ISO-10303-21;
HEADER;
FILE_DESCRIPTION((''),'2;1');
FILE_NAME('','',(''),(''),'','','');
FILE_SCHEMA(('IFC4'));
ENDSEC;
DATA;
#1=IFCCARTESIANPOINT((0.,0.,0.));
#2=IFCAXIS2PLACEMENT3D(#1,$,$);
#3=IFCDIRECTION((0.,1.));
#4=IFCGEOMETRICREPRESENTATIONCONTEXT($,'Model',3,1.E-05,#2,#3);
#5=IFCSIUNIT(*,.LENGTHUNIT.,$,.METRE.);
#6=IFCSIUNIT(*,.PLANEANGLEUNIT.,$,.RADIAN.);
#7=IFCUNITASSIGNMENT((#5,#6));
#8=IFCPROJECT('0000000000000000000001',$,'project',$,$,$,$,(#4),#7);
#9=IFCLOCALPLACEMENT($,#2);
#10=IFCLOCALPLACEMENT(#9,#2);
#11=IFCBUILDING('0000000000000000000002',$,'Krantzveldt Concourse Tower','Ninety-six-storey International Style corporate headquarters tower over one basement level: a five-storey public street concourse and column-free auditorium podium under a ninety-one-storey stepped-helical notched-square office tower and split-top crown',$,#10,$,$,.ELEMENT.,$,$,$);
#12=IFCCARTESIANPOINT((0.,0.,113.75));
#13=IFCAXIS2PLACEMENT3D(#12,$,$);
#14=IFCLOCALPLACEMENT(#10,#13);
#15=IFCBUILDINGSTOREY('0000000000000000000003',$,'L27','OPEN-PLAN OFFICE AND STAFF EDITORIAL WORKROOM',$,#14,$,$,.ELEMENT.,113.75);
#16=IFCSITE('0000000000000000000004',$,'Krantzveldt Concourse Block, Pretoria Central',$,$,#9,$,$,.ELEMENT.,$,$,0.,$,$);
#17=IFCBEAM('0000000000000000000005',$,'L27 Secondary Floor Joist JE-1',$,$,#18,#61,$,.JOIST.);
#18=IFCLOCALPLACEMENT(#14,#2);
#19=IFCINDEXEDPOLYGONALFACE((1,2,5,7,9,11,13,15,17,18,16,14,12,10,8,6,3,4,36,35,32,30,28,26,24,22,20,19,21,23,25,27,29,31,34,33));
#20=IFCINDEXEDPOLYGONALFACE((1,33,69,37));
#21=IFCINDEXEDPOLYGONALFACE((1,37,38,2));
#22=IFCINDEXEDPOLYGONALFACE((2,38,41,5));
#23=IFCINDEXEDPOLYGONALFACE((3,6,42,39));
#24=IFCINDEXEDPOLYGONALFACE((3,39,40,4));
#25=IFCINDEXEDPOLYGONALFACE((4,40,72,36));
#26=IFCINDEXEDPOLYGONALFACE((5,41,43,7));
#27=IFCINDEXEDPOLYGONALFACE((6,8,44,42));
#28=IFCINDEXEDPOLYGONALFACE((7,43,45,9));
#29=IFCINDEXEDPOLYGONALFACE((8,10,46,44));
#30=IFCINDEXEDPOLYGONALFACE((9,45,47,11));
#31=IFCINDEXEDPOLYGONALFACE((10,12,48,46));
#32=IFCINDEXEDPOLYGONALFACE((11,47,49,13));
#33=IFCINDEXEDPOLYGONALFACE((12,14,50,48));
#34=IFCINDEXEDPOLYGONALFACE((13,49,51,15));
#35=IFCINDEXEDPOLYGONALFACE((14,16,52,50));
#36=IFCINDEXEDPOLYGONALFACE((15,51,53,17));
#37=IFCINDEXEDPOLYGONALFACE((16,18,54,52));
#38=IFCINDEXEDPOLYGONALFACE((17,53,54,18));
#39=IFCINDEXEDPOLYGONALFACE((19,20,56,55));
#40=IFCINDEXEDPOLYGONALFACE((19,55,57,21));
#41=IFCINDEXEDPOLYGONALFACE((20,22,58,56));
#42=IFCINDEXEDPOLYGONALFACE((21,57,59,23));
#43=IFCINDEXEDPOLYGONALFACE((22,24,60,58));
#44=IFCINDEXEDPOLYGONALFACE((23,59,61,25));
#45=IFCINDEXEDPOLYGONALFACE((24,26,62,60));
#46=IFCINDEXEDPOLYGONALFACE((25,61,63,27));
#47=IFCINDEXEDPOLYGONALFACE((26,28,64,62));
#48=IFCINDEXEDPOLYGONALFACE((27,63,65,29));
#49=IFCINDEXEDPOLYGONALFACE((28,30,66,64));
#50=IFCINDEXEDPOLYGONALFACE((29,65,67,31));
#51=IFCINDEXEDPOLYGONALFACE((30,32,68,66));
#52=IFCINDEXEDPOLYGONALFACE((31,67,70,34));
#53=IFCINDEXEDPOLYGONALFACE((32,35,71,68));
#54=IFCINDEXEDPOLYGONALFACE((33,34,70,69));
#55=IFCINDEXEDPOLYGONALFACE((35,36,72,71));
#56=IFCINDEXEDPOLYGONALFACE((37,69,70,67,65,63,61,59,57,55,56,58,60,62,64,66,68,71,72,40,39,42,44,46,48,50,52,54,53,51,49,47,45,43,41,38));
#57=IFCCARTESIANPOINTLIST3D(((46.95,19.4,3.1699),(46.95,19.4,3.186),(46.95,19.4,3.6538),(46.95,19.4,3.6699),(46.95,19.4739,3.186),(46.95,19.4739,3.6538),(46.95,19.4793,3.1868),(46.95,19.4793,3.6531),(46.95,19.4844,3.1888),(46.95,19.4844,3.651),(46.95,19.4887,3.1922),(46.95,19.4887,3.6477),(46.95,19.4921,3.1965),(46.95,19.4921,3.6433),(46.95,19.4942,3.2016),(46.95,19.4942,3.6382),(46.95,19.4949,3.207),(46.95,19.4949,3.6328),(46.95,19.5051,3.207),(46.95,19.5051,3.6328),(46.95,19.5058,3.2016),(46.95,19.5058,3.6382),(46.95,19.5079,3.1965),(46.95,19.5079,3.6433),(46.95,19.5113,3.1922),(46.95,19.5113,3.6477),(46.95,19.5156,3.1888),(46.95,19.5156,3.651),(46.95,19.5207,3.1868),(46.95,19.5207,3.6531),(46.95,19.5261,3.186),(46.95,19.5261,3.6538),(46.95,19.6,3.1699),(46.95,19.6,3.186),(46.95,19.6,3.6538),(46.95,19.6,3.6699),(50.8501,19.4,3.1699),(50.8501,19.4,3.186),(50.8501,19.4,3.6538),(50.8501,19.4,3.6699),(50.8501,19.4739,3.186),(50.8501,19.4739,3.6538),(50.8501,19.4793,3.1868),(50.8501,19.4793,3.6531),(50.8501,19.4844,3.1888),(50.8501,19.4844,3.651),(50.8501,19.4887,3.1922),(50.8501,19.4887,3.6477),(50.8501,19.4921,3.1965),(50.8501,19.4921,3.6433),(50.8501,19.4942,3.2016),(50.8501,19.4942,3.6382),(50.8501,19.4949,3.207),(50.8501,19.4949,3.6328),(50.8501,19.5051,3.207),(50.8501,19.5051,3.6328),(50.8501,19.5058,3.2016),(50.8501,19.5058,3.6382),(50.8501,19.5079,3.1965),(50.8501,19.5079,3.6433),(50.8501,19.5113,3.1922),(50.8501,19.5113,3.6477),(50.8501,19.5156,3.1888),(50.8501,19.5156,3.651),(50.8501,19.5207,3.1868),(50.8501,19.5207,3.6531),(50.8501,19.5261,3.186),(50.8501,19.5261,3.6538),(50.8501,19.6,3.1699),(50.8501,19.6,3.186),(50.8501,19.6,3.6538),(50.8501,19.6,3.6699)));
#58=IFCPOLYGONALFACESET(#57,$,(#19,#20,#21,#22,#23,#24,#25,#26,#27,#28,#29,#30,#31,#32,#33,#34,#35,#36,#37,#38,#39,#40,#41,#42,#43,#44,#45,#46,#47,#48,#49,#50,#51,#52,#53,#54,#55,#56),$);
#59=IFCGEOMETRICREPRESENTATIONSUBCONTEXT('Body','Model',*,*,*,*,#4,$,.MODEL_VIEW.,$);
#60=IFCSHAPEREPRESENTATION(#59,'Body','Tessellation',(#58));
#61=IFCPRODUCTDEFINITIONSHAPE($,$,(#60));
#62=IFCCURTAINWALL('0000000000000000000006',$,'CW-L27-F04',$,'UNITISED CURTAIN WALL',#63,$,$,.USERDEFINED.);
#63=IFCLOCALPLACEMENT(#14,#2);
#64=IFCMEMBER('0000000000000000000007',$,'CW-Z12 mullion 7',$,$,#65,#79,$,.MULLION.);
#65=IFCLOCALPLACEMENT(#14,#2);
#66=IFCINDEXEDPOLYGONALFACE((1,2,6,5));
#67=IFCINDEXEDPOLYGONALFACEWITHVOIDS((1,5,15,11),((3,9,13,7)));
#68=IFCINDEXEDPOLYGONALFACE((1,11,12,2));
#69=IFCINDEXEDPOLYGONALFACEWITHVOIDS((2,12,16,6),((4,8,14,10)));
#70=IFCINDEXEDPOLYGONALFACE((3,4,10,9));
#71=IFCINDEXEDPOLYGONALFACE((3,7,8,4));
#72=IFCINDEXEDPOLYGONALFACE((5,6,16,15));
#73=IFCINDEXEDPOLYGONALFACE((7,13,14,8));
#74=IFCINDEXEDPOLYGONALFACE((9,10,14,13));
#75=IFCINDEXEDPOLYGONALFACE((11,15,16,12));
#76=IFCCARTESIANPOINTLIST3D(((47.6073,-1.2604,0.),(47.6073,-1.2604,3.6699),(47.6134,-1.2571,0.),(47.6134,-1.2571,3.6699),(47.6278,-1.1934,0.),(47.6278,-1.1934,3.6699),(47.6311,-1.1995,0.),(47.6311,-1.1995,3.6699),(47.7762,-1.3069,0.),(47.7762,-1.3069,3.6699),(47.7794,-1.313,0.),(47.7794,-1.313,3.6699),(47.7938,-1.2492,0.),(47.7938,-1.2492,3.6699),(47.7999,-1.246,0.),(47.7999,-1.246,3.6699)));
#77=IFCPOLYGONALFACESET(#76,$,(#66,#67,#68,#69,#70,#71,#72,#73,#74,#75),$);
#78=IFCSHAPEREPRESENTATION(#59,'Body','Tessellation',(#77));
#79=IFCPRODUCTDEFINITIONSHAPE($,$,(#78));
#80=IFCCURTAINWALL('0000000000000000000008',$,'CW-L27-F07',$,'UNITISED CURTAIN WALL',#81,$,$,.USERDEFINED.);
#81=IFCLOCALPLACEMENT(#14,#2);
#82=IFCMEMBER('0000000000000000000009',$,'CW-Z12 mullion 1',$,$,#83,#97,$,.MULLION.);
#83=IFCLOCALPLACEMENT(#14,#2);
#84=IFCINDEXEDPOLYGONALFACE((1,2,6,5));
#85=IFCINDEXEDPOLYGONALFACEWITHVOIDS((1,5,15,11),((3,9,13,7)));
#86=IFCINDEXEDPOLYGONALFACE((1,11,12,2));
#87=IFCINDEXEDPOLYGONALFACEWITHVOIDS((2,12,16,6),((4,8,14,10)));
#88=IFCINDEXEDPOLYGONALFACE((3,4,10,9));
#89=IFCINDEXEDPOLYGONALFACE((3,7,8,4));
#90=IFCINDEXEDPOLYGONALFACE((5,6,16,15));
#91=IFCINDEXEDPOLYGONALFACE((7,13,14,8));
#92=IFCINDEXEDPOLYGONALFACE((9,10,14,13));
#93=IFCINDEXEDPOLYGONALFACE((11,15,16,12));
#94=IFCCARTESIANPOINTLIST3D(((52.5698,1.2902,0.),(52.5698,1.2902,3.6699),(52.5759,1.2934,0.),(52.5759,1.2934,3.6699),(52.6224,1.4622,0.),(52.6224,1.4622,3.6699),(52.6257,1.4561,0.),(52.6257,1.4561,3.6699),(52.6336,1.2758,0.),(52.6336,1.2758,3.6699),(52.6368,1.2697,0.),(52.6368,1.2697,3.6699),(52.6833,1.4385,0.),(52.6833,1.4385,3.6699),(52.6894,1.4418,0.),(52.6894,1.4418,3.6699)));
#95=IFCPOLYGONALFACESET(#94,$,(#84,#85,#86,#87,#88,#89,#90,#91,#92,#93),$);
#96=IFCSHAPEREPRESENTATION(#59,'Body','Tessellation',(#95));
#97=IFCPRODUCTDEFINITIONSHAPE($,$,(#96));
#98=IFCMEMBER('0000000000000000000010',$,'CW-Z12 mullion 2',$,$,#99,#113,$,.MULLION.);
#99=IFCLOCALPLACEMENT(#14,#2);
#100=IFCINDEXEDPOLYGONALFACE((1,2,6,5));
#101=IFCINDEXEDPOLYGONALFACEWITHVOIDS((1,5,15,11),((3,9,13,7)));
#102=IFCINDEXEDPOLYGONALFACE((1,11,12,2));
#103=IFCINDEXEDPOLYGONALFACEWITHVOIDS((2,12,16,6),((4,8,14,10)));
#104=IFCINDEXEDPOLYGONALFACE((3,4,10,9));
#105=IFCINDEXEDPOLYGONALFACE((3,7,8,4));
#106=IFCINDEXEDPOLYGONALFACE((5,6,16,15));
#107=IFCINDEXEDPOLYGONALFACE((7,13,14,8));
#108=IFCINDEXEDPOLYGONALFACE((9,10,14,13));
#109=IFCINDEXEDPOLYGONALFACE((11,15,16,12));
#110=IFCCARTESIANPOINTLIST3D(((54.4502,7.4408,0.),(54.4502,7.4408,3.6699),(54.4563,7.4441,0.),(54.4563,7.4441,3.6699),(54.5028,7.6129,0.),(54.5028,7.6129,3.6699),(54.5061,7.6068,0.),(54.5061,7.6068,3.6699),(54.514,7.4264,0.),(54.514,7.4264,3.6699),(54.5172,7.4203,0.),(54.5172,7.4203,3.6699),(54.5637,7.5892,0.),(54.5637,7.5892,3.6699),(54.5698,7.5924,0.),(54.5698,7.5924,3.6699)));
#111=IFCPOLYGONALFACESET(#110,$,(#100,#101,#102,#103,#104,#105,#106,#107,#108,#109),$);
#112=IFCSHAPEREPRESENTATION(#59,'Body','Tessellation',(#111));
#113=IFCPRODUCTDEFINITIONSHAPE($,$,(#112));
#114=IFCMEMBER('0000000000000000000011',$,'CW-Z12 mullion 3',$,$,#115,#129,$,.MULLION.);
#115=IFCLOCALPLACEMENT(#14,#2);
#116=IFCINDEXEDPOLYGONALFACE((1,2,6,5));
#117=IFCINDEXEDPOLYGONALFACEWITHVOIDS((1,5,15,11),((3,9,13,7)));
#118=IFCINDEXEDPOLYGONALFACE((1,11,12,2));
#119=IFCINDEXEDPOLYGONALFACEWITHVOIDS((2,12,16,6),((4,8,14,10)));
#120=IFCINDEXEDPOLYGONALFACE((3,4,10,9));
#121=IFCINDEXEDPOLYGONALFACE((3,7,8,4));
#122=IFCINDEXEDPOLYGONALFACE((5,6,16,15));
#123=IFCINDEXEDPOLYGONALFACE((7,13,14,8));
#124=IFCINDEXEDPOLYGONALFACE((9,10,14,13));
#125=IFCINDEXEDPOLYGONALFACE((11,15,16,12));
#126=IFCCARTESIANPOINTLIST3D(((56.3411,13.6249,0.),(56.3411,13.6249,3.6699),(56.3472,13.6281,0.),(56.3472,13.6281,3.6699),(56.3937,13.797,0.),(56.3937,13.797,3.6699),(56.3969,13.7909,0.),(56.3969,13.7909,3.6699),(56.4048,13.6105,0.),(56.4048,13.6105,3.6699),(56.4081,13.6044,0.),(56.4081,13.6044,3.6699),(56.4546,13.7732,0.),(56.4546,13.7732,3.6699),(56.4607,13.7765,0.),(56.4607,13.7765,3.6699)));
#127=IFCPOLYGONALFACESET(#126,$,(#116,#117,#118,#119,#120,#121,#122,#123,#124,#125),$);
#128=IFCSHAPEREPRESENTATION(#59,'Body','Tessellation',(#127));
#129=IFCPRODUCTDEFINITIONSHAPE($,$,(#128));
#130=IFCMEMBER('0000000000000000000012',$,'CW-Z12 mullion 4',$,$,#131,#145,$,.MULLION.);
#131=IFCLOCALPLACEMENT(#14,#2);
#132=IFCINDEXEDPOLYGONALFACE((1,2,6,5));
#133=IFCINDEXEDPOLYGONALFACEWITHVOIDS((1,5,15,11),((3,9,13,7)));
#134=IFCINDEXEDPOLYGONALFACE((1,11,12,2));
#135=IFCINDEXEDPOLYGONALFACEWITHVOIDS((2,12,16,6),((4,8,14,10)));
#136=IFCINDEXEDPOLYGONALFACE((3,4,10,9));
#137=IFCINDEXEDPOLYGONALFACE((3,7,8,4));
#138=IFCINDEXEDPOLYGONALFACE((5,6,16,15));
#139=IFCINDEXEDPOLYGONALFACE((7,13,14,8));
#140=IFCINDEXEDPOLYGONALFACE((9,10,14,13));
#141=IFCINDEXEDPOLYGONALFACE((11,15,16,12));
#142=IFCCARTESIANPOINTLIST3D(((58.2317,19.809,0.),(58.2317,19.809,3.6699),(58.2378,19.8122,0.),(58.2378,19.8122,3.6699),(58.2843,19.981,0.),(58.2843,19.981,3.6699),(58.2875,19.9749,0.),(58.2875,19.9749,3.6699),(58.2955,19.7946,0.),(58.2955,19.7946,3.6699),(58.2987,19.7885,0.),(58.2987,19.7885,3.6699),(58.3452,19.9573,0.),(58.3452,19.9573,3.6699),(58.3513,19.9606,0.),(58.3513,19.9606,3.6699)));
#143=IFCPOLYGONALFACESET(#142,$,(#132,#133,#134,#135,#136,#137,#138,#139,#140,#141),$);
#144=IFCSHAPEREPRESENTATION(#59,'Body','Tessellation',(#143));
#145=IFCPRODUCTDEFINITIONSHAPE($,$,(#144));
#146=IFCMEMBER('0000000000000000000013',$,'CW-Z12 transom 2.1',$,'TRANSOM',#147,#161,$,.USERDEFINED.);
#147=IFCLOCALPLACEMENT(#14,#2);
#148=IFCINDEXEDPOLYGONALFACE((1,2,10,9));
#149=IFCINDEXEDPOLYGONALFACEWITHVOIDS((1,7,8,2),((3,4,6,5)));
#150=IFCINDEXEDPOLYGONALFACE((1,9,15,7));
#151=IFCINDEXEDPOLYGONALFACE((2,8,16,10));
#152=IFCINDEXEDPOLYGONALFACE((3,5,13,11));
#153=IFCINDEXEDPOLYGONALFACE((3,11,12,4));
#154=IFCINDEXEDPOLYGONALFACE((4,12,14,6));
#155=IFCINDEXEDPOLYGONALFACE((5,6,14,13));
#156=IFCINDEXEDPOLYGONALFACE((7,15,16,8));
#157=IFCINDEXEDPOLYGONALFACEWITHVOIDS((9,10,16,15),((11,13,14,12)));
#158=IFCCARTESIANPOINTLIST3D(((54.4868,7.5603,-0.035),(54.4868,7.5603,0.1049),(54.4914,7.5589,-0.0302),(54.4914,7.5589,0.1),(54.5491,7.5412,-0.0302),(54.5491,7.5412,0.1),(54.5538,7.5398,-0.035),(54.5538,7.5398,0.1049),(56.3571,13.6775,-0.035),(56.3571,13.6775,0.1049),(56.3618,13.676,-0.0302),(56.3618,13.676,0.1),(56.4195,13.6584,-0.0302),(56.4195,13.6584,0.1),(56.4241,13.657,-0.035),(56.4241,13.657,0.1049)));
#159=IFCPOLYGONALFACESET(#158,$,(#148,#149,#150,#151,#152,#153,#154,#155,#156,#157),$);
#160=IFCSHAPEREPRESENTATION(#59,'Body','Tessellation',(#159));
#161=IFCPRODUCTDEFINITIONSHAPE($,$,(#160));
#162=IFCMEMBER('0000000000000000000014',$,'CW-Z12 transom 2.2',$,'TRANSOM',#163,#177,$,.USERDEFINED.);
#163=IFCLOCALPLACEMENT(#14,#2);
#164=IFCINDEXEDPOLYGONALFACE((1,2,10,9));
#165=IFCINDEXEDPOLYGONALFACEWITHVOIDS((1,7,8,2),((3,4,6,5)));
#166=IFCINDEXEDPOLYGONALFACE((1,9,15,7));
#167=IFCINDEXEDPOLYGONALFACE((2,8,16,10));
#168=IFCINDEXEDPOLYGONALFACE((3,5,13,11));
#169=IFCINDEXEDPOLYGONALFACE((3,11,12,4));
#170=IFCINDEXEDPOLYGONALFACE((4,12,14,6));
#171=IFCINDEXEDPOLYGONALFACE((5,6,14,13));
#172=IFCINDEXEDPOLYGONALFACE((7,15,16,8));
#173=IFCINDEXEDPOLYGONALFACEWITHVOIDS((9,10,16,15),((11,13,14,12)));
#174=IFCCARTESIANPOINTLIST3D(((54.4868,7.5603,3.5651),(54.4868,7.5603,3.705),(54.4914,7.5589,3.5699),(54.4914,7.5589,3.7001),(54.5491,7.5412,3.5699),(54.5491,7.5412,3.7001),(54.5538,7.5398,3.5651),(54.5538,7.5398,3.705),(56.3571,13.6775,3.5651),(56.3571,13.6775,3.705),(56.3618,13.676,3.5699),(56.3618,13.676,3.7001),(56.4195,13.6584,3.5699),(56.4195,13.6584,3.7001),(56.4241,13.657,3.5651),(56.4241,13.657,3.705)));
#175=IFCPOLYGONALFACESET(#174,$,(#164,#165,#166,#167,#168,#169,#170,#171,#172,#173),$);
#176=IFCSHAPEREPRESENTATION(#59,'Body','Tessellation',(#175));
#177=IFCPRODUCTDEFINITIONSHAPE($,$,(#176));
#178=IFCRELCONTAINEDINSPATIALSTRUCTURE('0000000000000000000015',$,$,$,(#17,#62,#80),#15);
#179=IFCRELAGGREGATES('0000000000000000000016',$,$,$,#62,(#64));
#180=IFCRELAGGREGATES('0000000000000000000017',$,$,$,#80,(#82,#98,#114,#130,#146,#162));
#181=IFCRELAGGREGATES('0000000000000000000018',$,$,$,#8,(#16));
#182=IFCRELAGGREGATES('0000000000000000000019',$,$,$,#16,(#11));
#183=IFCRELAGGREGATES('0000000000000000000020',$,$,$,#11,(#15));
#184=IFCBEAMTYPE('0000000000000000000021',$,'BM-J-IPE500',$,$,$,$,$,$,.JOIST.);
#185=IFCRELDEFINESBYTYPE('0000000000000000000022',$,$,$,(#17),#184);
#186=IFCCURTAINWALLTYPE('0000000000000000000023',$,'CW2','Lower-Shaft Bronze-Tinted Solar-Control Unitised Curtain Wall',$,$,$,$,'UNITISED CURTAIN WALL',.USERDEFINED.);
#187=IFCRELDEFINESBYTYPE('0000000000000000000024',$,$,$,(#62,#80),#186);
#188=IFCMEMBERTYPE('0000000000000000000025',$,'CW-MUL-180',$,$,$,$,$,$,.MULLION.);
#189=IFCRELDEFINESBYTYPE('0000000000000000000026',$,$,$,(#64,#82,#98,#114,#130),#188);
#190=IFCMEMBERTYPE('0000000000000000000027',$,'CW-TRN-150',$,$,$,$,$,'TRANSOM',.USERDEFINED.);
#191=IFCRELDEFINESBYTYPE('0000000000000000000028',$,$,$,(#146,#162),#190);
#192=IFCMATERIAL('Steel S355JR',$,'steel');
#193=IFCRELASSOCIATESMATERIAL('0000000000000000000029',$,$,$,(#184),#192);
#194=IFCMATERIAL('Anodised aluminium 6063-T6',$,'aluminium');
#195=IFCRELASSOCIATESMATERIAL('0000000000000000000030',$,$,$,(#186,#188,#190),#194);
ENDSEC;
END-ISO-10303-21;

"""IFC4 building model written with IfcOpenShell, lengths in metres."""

from ifc_helpers import new_model, si_unit, direction, frame, origin, origin_2d, place, context, subcontext, project, spatial, hollow_rectangle, i_section, extrude, source, transform, mapped, material, material_profile, profile_set, type_object, type_shapes, element, aggregate, save


model = new_model("IFC4")

# Units and contexts
model_context = context("Model", 3, precision=1e-05, world=origin(), true_north=direction((0.0, 1.0)))
body_context = subcontext(model_context, "Body", "Model", "MODEL_VIEW")
ifc_project = project(units=[si_unit("LENGTHUNIT", "METRE"), si_unit("PLANEANGLEUNIT", "RADIAN")], contexts=[model_context])

# Site, building, storey
site_placement = place(None, origin())
site = spatial("IfcSite", under=ifc_project, at=site_placement, Name="Krantzveldt Concourse Block, Pretoria Central", CompositionType="ELEMENT", RefElevation=0.0)
building_placement = place(site_placement, origin())
building = spatial("IfcBuilding", under=site, at=building_placement, Name="Krantzveldt Concourse Tower", Description="Ninety-six-storey International Style corporate headquarters tower over one basement level: a five-storey public street concourse and column-free auditorium podium under a ninety-one-storey stepped-helical notched-square office tower and split-top crown", CompositionType="ELEMENT")
storey_placement = place(building_placement, frame((0.0, 0.0, 113.75)))
storey = spatial("IfcBuildingStorey", under=building, at=storey_placement, Name="L27", Description="OPEN-PLAN OFFICE AND STAFF EDITORIAL WORKROOM", CompositionType="ELEMENT", Elevation=113.75)

# Beam
ifc_material_1 = material(Name="Steel S355JR", Category="steel")
ifc_material_profile_1 = material_profile(ifc_material_1, i_section(OverallWidth=0.2, OverallDepth=0.5, WebThickness=0.0103, FlangeThickness=0.0161, FilletRadius=0.021, at=origin_2d()), Name="Steel S355JR", Category="steel")
ifc_profile_set_1 = profile_set([ifc_material_profile_1], Name="Steel S355JR - IPE 500")
beam_type_1 = type_object("IfcBeamType", Name="BM-J-IPE500", PredefinedType="JOIST", material=ifc_profile_set_1)
shared_shape_1 = source(origin(), body_context, "Body", "SweptSolid", [
    extrude(i_section(OverallWidth=0.2, OverallDepth=0.5, WebThickness=0.0103, FlangeThickness=0.0161, FilletRadius=0.021, at=origin_2d()), origin(), (0.0, 0.0, 1.0), 3.9001),
])
type_shapes(beam_type_1, [shared_shape_1])
beam_1_placement = place(storey_placement, frame((46.95, 19.5, 3.4199), z_axis=(1.0, 0.0, 0.0), x_axis=(0.0, 1.0, 0.0)))
element("IfcBeam", 1, at=beam_1_placement, inside=storey, type_object=beam_type_1, Name="L27 Secondary Floor Joist JE-1", PredefinedType="JOIST", context=body_context, shape_type="MappedRepresentation", body=[
    mapped(shared_shape_1, transform((0.0, 0.0, 0.0), x_axis=(1.0, 0.0, 0.0), y_axis=(0.0, 1.0, 0.0), z_axis=(0.0, 0.0, 1.0), scale=1.0)),
])

# Curtain wall, member
ifc_material_2 = material(Name="Anodised aluminium 6063-T6", Category="aluminium")
curtain_wall_type = type_object("IfcCurtainWallType", Name="CW2", Description="Lower-Shaft Bronze-Tinted Solar-Control Unitised Curtain Wall", ElementType="UNITISED CURTAIN WALL", PredefinedType="USERDEFINED", material=ifc_material_2)
curtain_wall_1_placement = place(storey_placement, origin())
curtain_wall_1 = element("IfcCurtainWall", 2, at=curtain_wall_1_placement, inside=storey, type_object=curtain_wall_type, Name="CW-L27-F04", ObjectType="UNITISED CURTAIN WALL", PredefinedType="USERDEFINED")
ifc_material_profile_2 = material_profile(ifc_material_2, hollow_rectangle(XDim=0.0701, YDim=0.1799, WallThickness=0.0049, at=origin_2d()), Name="Anodised aluminium 6063-T6", Category="aluminium")
ifc_profile_set_2 = profile_set([ifc_material_profile_2], Name="Anodised aluminium 6063-T6 - ALU-MULL 180x70x5")
member_type_1 = type_object("IfcMemberType", Name="CW-MUL-180", PredefinedType="MULLION", material=ifc_profile_set_2)
shared_shape_2 = source(origin(), body_context, "Body", "SweptSolid", [
    extrude(hollow_rectangle(XDim=0.0701, YDim=0.1799, WallThickness=0.0049, at=origin_2d()), origin(), (0.0, 0.0, 1.0), 3.6699),
])
type_shapes(member_type_1, [shared_shape_2])
member_1_placement = place(storey_placement, frame((47.7036, -1.2532, 0.0), z_axis=(0.0, 0.0, 1.0), x_axis=(0.292372, 0.956305, 0.0)))
member_1 = element("IfcMember", 3, at=member_1_placement, type_object=member_type_1, Name="CW-Z12 mullion 7", PredefinedType="MULLION", context=body_context, shape_type="MappedRepresentation", body=[
    mapped(shared_shape_2, transform((0.0, 0.0, 0.0), x_axis=(1.0, 0.0, 0.0), y_axis=(0.0, 1.0, 0.0), z_axis=(0.0, 0.0, 1.0), scale=1.0)),
])

# Curtain wall, members
curtain_wall_2_placement = place(storey_placement, origin())
curtain_wall_2 = element("IfcCurtainWall", 4, at=curtain_wall_2_placement, inside=storey, type_object=curtain_wall_type, Name="CW-L27-F07", ObjectType="UNITISED CURTAIN WALL", PredefinedType="USERDEFINED")
member_2_placement = place(storey_placement, frame((52.6296, 1.366, 0.0), z_axis=(0.0, 0.0, 1.0), x_axis=(-0.956305, 0.292372, 0.0)))
member_2 = element("IfcMember", 5, at=member_2_placement, type_object=member_type_1, Name="CW-Z12 mullion 1", PredefinedType="MULLION", context=body_context, shape_type="MappedRepresentation", body=[
    mapped(shared_shape_2, transform((0.0, 0.0, 0.0), x_axis=(1.0, 0.0, 0.0), y_axis=(0.0, 1.0, 0.0), z_axis=(0.0, 0.0, 1.0), scale=1.0)),
])
member_3_placement = place(storey_placement, frame((54.51, 7.5166, 0.0), z_axis=(0.0, 0.0, 1.0), x_axis=(-0.956305, 0.292372, 0.0)))
member_3 = element("IfcMember", 6, at=member_3_placement, type_object=member_type_1, Name="CW-Z12 mullion 2", PredefinedType="MULLION", context=body_context, shape_type="MappedRepresentation", body=[
    mapped(shared_shape_2, transform((0.0, 0.0, 0.0), x_axis=(1.0, 0.0, 0.0), y_axis=(0.0, 1.0, 0.0), z_axis=(0.0, 0.0, 1.0), scale=1.0)),
])
member_4_placement = place(storey_placement, frame((56.4009, 13.7007, 0.0), z_axis=(0.0, 0.0, 1.0), x_axis=(-0.956305, 0.292372, 0.0)))
member_4 = element("IfcMember", 7, at=member_4_placement, type_object=member_type_1, Name="CW-Z12 mullion 3", PredefinedType="MULLION", context=body_context, shape_type="MappedRepresentation", body=[
    mapped(shared_shape_2, transform((0.0, 0.0, 0.0), x_axis=(1.0, 0.0, 0.0), y_axis=(0.0, 1.0, 0.0), z_axis=(0.0, 0.0, 1.0), scale=1.0)),
])
member_5_placement = place(storey_placement, frame((58.2915, 19.8848, 0.0), z_axis=(0.0, 0.0, 1.0), x_axis=(-0.956305, 0.292372, 0.0)))
member_5 = element("IfcMember", 8, at=member_5_placement, type_object=member_type_1, Name="CW-Z12 mullion 4", PredefinedType="MULLION", context=body_context, shape_type="MappedRepresentation", body=[
    mapped(shared_shape_2, transform((0.0, 0.0, 0.0), x_axis=(1.0, 0.0, 0.0), y_axis=(0.0, 1.0, 0.0), z_axis=(0.0, 0.0, 1.0), scale=1.0)),
])
ifc_material_profile_3 = material_profile(ifc_material_2, hollow_rectangle(XDim=0.0701, YDim=0.1399, WallThickness=0.0049, at=origin_2d()), Name="Anodised aluminium 6063-T6", Category="aluminium")
ifc_profile_set_3 = profile_set([ifc_material_profile_3], Name="Anodised aluminium 6063-T6 - ALU-TRAN 140x70x5")
member_type_2 = type_object("IfcMemberType", Name="CW-TRN-150", ElementType="TRANSOM", PredefinedType="USERDEFINED", material=ifc_profile_set_3)
shared_shape_3 = source(origin(), body_context, "Body", "SweptSolid", [
    extrude(hollow_rectangle(XDim=0.0701, YDim=0.1399, WallThickness=0.0049, at=origin_2d()), origin(), (0.0, 0.0, 1.0), 6.3967),
])
member_6_placement = place(storey_placement, frame((54.5203, 7.55, 0.0349), z_axis=(0.292393, 0.956298, 0.0), x_axis=(-0.956298, 0.292393, 0.0)))
member_6 = element("IfcMember", 9, at=member_6_placement, type_object=member_type_2, Name="CW-Z12 transom 2.1", ObjectType="TRANSOM", PredefinedType="USERDEFINED", context=body_context, shape_type="MappedRepresentation", body=[
    mapped(shared_shape_3, transform((0.0, 0.0, 0.0), x_axis=(1.0, 0.0, 0.0), y_axis=(0.0, 1.0, 0.0), z_axis=(0.0, 0.0, 1.0), scale=1.0)),
])
member_7_placement = place(storey_placement, frame((54.5203, 7.55, 3.635), z_axis=(0.292393, 0.956298, 0.0), x_axis=(-0.956298, 0.292393, 0.0)))
member_7 = element("IfcMember", 10, at=member_7_placement, type_object=member_type_2, Name="CW-Z12 transom 2.2", ObjectType="TRANSOM", PredefinedType="USERDEFINED", context=body_context, shape_type="MappedRepresentation", body=[
    mapped(shared_shape_3, transform((0.0, 0.0, 0.0), x_axis=(1.0, 0.0, 0.0), y_axis=(0.0, 1.0, 0.0), z_axis=(0.0, 0.0, 1.0), scale=1.0)),
])

aggregate(curtain_wall_1, [member_1])
aggregate(curtain_wall_2, [member_2, member_3, member_4, member_5, member_6, member_7])

save(model, "model.ifc")
